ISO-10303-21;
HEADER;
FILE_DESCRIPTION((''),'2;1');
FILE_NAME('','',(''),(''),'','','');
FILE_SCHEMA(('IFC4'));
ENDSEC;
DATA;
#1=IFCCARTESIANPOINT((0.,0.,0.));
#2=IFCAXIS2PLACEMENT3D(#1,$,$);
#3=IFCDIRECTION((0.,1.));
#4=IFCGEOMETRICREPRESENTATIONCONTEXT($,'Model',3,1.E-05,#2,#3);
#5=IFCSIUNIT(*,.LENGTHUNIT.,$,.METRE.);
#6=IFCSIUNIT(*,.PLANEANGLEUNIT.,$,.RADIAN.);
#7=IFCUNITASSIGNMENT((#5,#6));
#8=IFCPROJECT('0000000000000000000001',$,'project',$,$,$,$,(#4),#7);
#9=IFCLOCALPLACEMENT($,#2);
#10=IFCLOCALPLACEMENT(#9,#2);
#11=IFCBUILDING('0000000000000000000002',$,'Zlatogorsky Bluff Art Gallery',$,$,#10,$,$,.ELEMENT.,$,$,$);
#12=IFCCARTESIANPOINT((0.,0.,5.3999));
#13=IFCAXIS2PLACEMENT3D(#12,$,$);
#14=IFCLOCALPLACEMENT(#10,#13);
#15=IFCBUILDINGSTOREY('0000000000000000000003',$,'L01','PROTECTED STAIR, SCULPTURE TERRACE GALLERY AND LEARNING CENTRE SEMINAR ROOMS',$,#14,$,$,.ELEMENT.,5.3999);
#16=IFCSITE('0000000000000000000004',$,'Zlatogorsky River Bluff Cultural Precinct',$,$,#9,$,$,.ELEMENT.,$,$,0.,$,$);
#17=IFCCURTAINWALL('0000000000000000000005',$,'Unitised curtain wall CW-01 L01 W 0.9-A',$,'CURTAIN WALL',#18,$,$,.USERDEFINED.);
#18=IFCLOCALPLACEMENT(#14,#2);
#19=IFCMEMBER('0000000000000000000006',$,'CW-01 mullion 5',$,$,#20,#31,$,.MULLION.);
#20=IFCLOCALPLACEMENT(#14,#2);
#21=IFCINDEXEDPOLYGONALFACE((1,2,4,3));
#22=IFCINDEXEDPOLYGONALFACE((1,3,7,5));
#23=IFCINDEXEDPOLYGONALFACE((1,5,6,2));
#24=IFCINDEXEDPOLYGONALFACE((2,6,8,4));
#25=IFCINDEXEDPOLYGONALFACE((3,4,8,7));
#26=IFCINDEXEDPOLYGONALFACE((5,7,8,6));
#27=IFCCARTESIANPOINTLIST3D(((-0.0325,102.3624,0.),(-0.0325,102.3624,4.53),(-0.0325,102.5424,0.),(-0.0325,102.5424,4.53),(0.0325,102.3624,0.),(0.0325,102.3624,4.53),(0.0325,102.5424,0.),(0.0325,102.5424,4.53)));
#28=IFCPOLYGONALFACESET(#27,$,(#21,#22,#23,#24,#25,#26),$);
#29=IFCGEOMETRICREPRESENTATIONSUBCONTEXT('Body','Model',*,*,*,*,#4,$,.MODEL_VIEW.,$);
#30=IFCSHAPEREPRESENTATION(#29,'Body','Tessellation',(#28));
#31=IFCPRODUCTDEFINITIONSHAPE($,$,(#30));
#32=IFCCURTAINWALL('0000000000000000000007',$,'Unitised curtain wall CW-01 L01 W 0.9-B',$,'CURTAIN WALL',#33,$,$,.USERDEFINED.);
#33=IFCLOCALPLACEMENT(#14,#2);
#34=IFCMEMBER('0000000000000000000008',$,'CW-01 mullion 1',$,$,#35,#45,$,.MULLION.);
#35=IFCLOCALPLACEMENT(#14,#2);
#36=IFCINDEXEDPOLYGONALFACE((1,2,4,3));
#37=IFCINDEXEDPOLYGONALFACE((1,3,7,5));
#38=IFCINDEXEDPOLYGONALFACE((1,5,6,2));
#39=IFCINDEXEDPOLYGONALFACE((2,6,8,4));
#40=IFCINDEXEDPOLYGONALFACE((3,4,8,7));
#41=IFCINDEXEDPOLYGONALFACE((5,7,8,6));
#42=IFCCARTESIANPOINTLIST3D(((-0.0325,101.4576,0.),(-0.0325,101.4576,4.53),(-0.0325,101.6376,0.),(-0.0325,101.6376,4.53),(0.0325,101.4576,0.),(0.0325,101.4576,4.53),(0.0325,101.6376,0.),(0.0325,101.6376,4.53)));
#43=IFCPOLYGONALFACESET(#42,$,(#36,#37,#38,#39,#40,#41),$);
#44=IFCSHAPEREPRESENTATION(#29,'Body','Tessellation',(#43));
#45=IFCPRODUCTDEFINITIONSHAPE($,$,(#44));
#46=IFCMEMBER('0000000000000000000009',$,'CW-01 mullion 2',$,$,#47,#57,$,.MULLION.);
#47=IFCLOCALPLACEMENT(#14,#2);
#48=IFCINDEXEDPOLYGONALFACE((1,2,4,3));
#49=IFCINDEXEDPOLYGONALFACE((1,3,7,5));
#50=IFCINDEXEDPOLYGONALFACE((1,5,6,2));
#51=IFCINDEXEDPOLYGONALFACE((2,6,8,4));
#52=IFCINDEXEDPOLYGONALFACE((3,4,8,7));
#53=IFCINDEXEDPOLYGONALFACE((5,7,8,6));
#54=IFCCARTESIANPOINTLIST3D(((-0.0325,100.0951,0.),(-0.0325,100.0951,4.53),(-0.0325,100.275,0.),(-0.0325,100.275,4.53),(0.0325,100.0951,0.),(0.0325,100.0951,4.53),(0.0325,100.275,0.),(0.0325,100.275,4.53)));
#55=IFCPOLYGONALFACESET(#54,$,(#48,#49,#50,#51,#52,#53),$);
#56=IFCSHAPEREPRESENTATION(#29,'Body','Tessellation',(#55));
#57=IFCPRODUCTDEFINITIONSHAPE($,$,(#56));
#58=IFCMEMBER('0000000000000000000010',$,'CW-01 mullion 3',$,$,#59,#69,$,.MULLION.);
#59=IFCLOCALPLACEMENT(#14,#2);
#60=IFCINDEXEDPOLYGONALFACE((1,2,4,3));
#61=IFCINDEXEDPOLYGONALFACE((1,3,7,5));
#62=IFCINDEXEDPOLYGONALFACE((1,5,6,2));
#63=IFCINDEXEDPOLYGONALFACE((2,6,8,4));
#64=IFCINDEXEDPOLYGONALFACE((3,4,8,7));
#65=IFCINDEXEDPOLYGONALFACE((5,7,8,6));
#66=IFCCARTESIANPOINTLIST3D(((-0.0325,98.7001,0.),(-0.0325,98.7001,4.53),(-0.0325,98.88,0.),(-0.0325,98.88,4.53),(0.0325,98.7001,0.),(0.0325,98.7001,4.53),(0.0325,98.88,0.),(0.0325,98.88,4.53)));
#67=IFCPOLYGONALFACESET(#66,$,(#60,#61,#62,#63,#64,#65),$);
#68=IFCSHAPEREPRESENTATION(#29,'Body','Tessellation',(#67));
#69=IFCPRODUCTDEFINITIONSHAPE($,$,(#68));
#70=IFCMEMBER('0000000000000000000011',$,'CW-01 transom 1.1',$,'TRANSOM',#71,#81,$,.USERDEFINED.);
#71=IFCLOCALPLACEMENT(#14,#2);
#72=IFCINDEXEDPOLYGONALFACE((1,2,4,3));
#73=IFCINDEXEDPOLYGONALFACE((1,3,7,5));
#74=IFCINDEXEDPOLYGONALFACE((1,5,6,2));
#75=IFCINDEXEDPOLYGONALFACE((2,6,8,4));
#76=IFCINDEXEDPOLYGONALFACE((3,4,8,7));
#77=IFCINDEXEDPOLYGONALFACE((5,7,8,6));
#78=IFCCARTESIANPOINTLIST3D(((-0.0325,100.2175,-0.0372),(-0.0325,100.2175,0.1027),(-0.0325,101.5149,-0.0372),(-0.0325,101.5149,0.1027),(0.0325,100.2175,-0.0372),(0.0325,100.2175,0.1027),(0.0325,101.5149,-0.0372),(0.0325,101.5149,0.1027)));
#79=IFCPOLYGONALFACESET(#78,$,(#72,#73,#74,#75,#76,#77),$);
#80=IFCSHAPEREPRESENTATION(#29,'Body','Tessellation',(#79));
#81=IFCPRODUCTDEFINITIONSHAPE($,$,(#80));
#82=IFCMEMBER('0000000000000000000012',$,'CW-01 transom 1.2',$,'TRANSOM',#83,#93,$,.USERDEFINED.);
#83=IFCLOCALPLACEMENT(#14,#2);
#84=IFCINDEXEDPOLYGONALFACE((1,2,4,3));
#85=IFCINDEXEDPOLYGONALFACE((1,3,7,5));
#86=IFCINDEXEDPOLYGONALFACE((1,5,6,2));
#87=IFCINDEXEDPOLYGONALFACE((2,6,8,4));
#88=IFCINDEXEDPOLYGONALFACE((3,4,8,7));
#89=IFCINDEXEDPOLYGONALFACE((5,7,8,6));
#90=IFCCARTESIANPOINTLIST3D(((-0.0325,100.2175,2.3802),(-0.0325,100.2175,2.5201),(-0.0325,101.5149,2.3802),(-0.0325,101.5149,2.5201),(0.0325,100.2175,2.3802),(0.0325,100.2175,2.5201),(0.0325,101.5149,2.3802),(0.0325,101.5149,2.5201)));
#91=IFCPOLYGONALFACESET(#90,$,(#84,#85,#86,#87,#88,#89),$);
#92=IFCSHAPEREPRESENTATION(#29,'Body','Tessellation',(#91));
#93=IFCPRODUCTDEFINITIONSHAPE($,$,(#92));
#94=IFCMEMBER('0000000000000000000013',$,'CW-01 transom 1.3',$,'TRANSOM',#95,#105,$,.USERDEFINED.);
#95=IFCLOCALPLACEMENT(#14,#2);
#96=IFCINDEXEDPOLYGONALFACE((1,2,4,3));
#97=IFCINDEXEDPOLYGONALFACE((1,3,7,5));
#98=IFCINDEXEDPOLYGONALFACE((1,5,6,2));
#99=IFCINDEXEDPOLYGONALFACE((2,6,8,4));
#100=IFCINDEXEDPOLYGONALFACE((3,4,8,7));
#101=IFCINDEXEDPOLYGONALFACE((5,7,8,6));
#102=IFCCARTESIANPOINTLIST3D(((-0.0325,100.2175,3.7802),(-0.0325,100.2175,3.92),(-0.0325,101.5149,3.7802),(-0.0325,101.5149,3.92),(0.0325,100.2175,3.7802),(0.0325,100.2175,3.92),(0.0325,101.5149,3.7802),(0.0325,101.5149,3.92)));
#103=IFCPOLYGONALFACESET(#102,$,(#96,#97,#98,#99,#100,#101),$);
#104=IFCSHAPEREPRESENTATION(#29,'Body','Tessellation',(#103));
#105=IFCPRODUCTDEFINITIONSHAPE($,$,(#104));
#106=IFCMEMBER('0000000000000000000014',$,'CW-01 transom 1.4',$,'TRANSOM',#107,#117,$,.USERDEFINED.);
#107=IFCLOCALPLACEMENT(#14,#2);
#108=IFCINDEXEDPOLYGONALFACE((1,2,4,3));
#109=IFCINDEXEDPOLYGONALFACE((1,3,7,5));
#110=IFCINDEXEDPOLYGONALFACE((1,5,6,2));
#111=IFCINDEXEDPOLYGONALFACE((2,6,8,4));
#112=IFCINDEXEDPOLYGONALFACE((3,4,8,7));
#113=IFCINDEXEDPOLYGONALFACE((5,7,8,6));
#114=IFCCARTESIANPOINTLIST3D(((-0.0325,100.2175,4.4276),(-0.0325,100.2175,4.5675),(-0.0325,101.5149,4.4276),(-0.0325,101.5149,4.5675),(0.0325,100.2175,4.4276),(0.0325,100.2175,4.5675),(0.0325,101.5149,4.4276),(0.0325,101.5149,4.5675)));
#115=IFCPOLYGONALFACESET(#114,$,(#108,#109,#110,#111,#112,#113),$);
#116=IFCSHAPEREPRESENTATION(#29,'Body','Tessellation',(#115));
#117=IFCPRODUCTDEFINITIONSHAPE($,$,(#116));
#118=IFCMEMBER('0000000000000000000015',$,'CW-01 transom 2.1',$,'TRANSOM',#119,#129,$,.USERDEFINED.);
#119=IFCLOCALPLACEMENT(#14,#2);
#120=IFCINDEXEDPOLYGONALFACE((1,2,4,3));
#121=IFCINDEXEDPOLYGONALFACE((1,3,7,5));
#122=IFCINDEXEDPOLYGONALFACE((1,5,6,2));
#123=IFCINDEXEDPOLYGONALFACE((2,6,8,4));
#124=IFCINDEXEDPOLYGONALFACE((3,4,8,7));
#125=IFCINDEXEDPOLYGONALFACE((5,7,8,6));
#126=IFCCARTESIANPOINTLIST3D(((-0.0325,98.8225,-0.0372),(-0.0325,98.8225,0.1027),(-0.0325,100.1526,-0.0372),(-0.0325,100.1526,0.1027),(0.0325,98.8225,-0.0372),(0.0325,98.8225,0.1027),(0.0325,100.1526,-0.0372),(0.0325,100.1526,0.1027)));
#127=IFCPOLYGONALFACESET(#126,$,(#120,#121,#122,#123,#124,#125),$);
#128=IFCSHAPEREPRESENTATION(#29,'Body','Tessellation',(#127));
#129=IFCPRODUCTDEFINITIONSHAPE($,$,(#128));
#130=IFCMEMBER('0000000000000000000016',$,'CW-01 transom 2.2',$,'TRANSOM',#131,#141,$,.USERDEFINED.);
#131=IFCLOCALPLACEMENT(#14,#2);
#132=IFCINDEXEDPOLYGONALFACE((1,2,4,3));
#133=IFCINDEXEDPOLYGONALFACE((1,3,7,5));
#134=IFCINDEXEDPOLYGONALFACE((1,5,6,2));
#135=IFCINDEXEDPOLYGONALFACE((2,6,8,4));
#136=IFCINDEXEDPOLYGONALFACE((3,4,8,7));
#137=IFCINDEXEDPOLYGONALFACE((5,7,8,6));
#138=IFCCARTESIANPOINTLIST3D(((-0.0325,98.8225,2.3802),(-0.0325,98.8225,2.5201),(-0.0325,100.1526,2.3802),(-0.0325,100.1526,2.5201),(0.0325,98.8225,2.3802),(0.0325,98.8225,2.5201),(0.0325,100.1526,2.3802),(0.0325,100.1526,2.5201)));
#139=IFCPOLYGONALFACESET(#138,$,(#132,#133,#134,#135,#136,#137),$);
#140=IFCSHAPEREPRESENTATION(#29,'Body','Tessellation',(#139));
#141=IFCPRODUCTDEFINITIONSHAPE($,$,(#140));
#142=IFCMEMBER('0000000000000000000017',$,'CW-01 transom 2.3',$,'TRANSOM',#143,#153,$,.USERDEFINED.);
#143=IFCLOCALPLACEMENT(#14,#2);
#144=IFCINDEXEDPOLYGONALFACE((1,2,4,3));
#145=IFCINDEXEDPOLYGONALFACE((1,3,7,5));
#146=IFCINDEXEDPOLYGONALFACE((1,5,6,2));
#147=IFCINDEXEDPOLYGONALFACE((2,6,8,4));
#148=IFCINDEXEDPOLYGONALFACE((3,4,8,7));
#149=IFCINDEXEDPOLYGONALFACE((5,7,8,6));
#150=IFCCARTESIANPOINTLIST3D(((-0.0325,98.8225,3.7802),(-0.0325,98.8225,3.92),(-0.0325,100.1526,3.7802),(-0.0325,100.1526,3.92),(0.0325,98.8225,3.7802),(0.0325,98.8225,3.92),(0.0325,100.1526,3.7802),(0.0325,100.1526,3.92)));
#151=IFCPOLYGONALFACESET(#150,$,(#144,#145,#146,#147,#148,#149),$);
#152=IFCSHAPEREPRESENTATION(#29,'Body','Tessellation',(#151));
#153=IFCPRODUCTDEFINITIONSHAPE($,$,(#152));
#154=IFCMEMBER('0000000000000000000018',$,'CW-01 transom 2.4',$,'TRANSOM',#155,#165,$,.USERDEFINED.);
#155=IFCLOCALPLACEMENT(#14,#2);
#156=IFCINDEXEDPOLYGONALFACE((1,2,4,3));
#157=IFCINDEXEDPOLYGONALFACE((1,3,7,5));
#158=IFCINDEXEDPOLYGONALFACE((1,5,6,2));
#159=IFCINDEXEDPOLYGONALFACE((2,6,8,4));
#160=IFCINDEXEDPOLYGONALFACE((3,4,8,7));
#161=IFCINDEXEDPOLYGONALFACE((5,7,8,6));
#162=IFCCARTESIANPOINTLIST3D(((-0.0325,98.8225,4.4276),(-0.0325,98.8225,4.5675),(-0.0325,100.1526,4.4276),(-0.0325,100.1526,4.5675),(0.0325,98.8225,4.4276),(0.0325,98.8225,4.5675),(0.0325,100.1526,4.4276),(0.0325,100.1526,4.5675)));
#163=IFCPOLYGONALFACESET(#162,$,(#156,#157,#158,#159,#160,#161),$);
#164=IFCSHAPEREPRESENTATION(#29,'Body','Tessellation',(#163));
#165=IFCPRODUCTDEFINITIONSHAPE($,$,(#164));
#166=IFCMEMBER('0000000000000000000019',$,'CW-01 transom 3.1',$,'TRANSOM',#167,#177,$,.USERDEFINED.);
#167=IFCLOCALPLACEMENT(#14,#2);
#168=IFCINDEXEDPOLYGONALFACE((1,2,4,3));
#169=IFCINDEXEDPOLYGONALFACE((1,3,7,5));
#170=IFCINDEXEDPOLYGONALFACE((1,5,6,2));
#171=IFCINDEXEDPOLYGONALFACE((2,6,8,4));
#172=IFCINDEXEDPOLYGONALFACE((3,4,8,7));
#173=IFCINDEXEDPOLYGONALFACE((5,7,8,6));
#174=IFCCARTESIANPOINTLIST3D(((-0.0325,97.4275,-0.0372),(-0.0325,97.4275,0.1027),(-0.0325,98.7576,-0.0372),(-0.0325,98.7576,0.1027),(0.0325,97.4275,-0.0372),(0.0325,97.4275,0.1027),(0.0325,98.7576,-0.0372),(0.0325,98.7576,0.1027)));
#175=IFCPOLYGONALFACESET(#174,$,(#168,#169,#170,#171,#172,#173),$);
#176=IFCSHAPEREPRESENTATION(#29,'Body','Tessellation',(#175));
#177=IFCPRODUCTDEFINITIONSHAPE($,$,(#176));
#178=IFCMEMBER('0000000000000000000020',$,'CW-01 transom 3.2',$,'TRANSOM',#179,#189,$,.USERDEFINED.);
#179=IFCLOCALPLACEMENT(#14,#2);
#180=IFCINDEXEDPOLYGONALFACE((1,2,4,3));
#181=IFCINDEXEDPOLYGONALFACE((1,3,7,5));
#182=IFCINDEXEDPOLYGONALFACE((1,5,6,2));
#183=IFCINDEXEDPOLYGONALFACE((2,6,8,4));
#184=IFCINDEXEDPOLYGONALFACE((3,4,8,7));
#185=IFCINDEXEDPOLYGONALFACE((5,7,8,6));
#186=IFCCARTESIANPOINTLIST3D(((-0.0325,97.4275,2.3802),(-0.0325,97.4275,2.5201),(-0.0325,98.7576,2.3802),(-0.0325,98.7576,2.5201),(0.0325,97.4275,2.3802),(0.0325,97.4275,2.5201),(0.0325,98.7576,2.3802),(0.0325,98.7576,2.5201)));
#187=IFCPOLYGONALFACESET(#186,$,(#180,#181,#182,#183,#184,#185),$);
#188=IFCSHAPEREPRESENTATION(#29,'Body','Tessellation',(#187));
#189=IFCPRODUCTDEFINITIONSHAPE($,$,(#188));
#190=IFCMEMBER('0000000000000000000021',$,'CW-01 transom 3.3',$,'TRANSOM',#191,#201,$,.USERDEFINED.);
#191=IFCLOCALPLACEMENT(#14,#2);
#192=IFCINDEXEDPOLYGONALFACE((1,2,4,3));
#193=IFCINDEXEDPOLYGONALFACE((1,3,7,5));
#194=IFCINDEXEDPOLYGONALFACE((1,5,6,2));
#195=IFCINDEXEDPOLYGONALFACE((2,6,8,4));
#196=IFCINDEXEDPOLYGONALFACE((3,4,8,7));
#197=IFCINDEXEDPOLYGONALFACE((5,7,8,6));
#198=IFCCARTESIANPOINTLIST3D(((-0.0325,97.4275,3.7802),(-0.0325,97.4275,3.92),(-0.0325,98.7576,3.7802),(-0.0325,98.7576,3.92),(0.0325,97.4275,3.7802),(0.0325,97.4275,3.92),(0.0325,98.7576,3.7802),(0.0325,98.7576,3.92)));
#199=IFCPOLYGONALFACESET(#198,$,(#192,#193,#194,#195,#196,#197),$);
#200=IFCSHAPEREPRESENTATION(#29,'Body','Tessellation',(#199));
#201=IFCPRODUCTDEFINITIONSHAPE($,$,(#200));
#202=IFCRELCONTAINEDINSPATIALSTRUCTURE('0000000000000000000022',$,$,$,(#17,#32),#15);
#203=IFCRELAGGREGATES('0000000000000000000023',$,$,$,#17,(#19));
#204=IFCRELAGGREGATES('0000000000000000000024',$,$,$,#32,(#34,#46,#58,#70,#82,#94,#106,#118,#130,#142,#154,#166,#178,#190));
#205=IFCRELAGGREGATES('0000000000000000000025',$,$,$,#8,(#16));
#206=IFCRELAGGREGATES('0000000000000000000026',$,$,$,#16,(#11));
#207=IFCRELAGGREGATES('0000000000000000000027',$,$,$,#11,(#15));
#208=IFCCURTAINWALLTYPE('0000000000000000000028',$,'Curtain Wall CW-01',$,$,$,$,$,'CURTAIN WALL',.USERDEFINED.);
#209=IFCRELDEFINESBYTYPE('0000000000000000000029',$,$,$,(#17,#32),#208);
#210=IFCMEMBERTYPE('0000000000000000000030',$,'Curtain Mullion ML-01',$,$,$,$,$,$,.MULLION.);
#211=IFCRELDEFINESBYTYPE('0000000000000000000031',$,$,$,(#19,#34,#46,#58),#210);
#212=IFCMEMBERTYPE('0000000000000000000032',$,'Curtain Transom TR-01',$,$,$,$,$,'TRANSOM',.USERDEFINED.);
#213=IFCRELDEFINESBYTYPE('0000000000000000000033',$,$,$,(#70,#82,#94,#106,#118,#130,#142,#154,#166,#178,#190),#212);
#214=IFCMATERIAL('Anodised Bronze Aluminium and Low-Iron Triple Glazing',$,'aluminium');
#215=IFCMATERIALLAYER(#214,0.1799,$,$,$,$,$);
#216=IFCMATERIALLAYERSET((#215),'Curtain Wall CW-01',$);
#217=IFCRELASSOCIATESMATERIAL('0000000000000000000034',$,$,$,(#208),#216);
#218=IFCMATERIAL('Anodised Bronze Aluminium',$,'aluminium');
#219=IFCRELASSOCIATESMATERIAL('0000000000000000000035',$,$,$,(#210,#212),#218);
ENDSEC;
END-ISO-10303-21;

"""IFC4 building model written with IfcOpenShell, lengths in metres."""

from ifc_helpers import new_model, si_unit, direction, frame, origin, origin_2d, place, context, subcontext, project, spatial, rectangle, extrude, material, layer, layer_set, material_profile, profile_set, type_object, element, aggregate, save


model = new_model("IFC4")

# Units and contexts
model_context = context("Model", 3, precision=1e-05, world=origin(), true_north=direction((0.0, 1.0)))
body_context = subcontext(model_context, "Body", "Model", "MODEL_VIEW")
ifc_project = project(units=[si_unit("LENGTHUNIT", "METRE"), si_unit("PLANEANGLEUNIT", "RADIAN")], contexts=[model_context])

# Site, building, storey
site_placement = place(None, origin())
site = spatial("IfcSite", under=ifc_project, at=site_placement, Name="Zlatogorsky River Bluff Cultural Precinct", CompositionType="ELEMENT", RefElevation=0.0)
building_placement = place(site_placement, origin())
building = spatial("IfcBuilding", under=site, at=building_placement, Name="Zlatogorsky Bluff Art Gallery", CompositionType="ELEMENT")
storey_placement = place(building_placement, frame((0.0, 0.0, 5.3999)))
storey = spatial("IfcBuildingStorey", under=building, at=storey_placement, Name="L01", Description="PROTECTED STAIR, SCULPTURE TERRACE GALLERY AND LEARNING CENTRE SEMINAR ROOMS", CompositionType="ELEMENT", Elevation=5.3999)

# Curtain wall, member
ifc_material_1 = material(Name="Anodised Bronze Aluminium and Low-Iron Triple Glazing", Category="aluminium")
ifc_layer_1 = layer(ifc_material_1, 0.1799)
ifc_layer_set_1 = layer_set([ifc_layer_1], Name="Curtain Wall CW-01")
curtain_wall_type = type_object("IfcCurtainWallType", Name="Curtain Wall CW-01", ElementType="CURTAIN WALL", PredefinedType="USERDEFINED", material=ifc_layer_set_1)
curtain_wall_1_placement = place(storey_placement, origin())
curtain_wall_1 = element("IfcCurtainWall", 1, at=curtain_wall_1_placement, inside=storey, type_object=curtain_wall_type, Name="Unitised curtain wall CW-01 L01 W 0.9-A", ObjectType="CURTAIN WALL", PredefinedType="USERDEFINED")
ifc_material_2 = material(Name="Anodised Bronze Aluminium", Category="aluminium")
ifc_material_profile_1 = material_profile(ifc_material_2, rectangle(XDim=0.0649, YDim=0.1799, at=origin_2d()), Name="ALU MULLION 65x180")
ifc_profile_set_1 = profile_set([ifc_material_profile_1], Name="Anodised Bronze Aluminium")
member_type_1 = type_object("IfcMemberType", Name="Curtain Mullion ML-01", PredefinedType="MULLION", material=ifc_profile_set_1)
member_1_placement = place(storey_placement, frame((0.0, 102.4524, 0.0), z_axis=(0.0, 0.0, 1.0), x_axis=(1.0, 0.0, 0.0)))
member_1 = element("IfcMember", 2, at=member_1_placement, type_object=member_type_1, Name="CW-01 mullion 5", PredefinedType="MULLION", context=body_context, shape_type="SweptSolid", body=[
    extrude(rectangle(XDim=0.0649, YDim=0.1799, at=origin_2d()), origin(), (0.0, 0.0, 1.0), 4.53),
])
aggregate(curtain_wall_1, [member_1])

# Curtain wall, members
curtain_wall_2_placement = place(storey_placement, origin())
curtain_wall_2 = element("IfcCurtainWall", 3, at=curtain_wall_2_placement, inside=storey, type_object=curtain_wall_type, Name="Unitised curtain wall CW-01 L01 W 0.9-B", ObjectType="CURTAIN WALL", PredefinedType="USERDEFINED")
member_2_placement = place(storey_placement, frame((0.0, 101.5476, 0.0), z_axis=(0.0, 0.0, 1.0), x_axis=(1.0, 0.0, 0.0)))
member_2 = element("IfcMember", 4, at=member_2_placement, type_object=member_type_1, Name="CW-01 mullion 1", PredefinedType="MULLION", context=body_context, shape_type="SweptSolid", body=[
    extrude(rectangle(XDim=0.0649, YDim=0.1799, at=origin_2d()), origin(), (0.0, 0.0, 1.0), 4.53),
])
member_3_placement = place(storey_placement, frame((0.0, 100.1851, 0.0), z_axis=(0.0, 0.0, 1.0), x_axis=(1.0, 0.0, 0.0)))
member_3 = element("IfcMember", 5, at=member_3_placement, type_object=member_type_1, Name="CW-01 mullion 2", PredefinedType="MULLION", context=body_context, shape_type="SweptSolid", body=[
    extrude(rectangle(XDim=0.0649, YDim=0.1799, at=origin_2d()), origin(), (0.0, 0.0, 1.0), 4.53),
])
member_4_placement = place(storey_placement, frame((0.0, 98.79, 0.0), z_axis=(0.0, 0.0, 1.0), x_axis=(1.0, 0.0, 0.0)))
member_4 = element("IfcMember", 6, at=member_4_placement, type_object=member_type_1, Name="CW-01 mullion 3", PredefinedType="MULLION", context=body_context, shape_type="SweptSolid", body=[
    extrude(rectangle(XDim=0.0649, YDim=0.1799, at=origin_2d()), origin(), (0.0, 0.0, 1.0), 4.53),
])
ifc_material_profile_2 = material_profile(ifc_material_2, rectangle(XDim=0.0649, YDim=0.1399, at=origin_2d()), Name="ALU TRANSOM 65x140")
ifc_profile_set_2 = profile_set([ifc_material_profile_2], Name="Anodised Bronze Aluminium")
member_type_2 = type_object("IfcMemberType", Name="Curtain Transom TR-01", ElementType="TRANSOM", PredefinedType="USERDEFINED", material=ifc_profile_set_2)
member_5_placement = place(storey_placement, frame((0.0, 101.5149, 0.0327), z_axis=(0.0, -1.0, 0.0), x_axis=(1.0, 0.0, 0.0)))
member_5 = element("IfcMember", 7, at=member_5_placement, type_object=member_type_2, Name="CW-01 transom 1.1", ObjectType="TRANSOM", PredefinedType="USERDEFINED", context=body_context, shape_type="SweptSolid", body=[
    extrude(rectangle(XDim=0.0649, YDim=0.1399, at=origin_2d()), origin(), (0.0, 0.0, 1.0), 1.2974),
])
member_6_placement = place(storey_placement, frame((0.0, 101.5149, 2.4502), z_axis=(0.0, -1.0, 0.0), x_axis=(1.0, 0.0, 0.0)))
member_6 = element("IfcMember", 8, at=member_6_placement, type_object=member_type_2, Name="CW-01 transom 1.2", ObjectType="TRANSOM", PredefinedType="USERDEFINED", context=body_context, shape_type="SweptSolid", body=[
    extrude(rectangle(XDim=0.0649, YDim=0.1399, at=origin_2d()), origin(), (0.0, 0.0, 1.0), 1.2974),
])
member_7_placement = place(storey_placement, frame((0.0, 101.5149, 3.8501), z_axis=(0.0, -1.0, 0.0), x_axis=(1.0, 0.0, 0.0)))
member_7 = element("IfcMember", 9, at=member_7_placement, type_object=member_type_2, Name="CW-01 transom 1.3", ObjectType="TRANSOM", PredefinedType="USERDEFINED", context=body_context, shape_type="SweptSolid", body=[
    extrude(rectangle(XDim=0.0649, YDim=0.1399, at=origin_2d()), origin(), (0.0, 0.0, 1.0), 1.2974),
])
member_8_placement = place(storey_placement, frame((0.0, 101.5149, 4.4976), z_axis=(0.0, -1.0, 0.0), x_axis=(1.0, 0.0, 0.0)))
member_8 = element("IfcMember", 10, at=member_8_placement, type_object=member_type_2, Name="CW-01 transom 1.4", ObjectType="TRANSOM", PredefinedType="USERDEFINED", context=body_context, shape_type="SweptSolid", body=[
    extrude(rectangle(XDim=0.0649, YDim=0.1399, at=origin_2d()), origin(), (0.0, 0.0, 1.0), 1.2974),
])
member_9_placement = place(storey_placement, frame((0.0, 100.1526, 0.0327), z_axis=(0.0, -1.0, 0.0), x_axis=(1.0, 0.0, 0.0)))
member_9 = element("IfcMember", 11, at=member_9_placement, type_object=member_type_2, Name="CW-01 transom 2.1", ObjectType="TRANSOM", PredefinedType="USERDEFINED", context=body_context, shape_type="SweptSolid", body=[
    extrude(rectangle(XDim=0.0649, YDim=0.1399, at=origin_2d()), origin(), (0.0, 0.0, 1.0), 1.3301),
])
member_10_placement = place(storey_placement, frame((0.0, 100.1526, 2.4502), z_axis=(0.0, -1.0, 0.0), x_axis=(1.0, 0.0, 0.0)))
member_10 = element("IfcMember", 12, at=member_10_placement, type_object=member_type_2, Name="CW-01 transom 2.2", ObjectType="TRANSOM", PredefinedType="USERDEFINED", context=body_context, shape_type="SweptSolid", body=[
    extrude(rectangle(XDim=0.0649, YDim=0.1399, at=origin_2d()), origin(), (0.0, 0.0, 1.0), 1.3301),
])
member_11_placement = place(storey_placement, frame((0.0, 100.1526, 3.8501), z_axis=(0.0, -1.0, 0.0), x_axis=(1.0, 0.0, 0.0)))
member_11 = element("IfcMember", 13, at=member_11_placement, type_object=member_type_2, Name="CW-01 transom 2.3", ObjectType="TRANSOM", PredefinedType="USERDEFINED", context=body_context, shape_type="SweptSolid", body=[
    extrude(rectangle(XDim=0.0649, YDim=0.1399, at=origin_2d()), origin(), (0.0, 0.0, 1.0), 1.3301),
])
member_12_placement = place(storey_placement, frame((0.0, 100.1526, 4.4976), z_axis=(0.0, -1.0, 0.0), x_axis=(1.0, 0.0, 0.0)))
member_12 = element("IfcMember", 14, at=member_12_placement, type_object=member_type_2, Name="CW-01 transom 2.4", ObjectType="TRANSOM", PredefinedType="USERDEFINED", context=body_context, shape_type="SweptSolid", body=[
    extrude(rectangle(XDim=0.0649, YDim=0.1399, at=origin_2d()), origin(), (0.0, 0.0, 1.0), 1.3301),
])
member_13_placement = place(storey_placement, frame((0.0, 98.7576, 0.0327), z_axis=(0.0, -1.0, 0.0), x_axis=(1.0, 0.0, 0.0)))
member_13 = element("IfcMember", 15, at=member_13_placement, type_object=member_type_2, Name="CW-01 transom 3.1", ObjectType="TRANSOM", PredefinedType="USERDEFINED", context=body_context, shape_type="SweptSolid", body=[
    extrude(rectangle(XDim=0.0649, YDim=0.1399, at=origin_2d()), origin(), (0.0, 0.0, 1.0), 1.3301),
])
member_14_placement = place(storey_placement, frame((0.0, 98.7576, 2.4502), z_axis=(0.0, -1.0, 0.0), x_axis=(1.0, 0.0, 0.0)))
member_14 = element("IfcMember", 16, at=member_14_placement, type_object=member_type_2, Name="CW-01 transom 3.2", ObjectType="TRANSOM", PredefinedType="USERDEFINED", context=body_context, shape_type="SweptSolid", body=[
    extrude(rectangle(XDim=0.0649, YDim=0.1399, at=origin_2d()), origin(), (0.0, 0.0, 1.0), 1.3301),
])
member_15_placement = place(storey_placement, frame((0.0, 98.7576, 3.8501), z_axis=(0.0, -1.0, 0.0), x_axis=(1.0, 0.0, 0.0)))
member_15 = element("IfcMember", 17, at=member_15_placement, type_object=member_type_2, Name="CW-01 transom 3.3", ObjectType="TRANSOM", PredefinedType="USERDEFINED", context=body_context, shape_type="SweptSolid", body=[
    extrude(rectangle(XDim=0.0649, YDim=0.1399, at=origin_2d()), origin(), (0.0, 0.0, 1.0), 1.3301),
])
aggregate(curtain_wall_2, [member_2, member_3, member_4, member_5, member_6, member_7, member_8, member_9, member_10, member_11, member_12, member_13, member_14, member_15])

save(model, "model.ifc")
